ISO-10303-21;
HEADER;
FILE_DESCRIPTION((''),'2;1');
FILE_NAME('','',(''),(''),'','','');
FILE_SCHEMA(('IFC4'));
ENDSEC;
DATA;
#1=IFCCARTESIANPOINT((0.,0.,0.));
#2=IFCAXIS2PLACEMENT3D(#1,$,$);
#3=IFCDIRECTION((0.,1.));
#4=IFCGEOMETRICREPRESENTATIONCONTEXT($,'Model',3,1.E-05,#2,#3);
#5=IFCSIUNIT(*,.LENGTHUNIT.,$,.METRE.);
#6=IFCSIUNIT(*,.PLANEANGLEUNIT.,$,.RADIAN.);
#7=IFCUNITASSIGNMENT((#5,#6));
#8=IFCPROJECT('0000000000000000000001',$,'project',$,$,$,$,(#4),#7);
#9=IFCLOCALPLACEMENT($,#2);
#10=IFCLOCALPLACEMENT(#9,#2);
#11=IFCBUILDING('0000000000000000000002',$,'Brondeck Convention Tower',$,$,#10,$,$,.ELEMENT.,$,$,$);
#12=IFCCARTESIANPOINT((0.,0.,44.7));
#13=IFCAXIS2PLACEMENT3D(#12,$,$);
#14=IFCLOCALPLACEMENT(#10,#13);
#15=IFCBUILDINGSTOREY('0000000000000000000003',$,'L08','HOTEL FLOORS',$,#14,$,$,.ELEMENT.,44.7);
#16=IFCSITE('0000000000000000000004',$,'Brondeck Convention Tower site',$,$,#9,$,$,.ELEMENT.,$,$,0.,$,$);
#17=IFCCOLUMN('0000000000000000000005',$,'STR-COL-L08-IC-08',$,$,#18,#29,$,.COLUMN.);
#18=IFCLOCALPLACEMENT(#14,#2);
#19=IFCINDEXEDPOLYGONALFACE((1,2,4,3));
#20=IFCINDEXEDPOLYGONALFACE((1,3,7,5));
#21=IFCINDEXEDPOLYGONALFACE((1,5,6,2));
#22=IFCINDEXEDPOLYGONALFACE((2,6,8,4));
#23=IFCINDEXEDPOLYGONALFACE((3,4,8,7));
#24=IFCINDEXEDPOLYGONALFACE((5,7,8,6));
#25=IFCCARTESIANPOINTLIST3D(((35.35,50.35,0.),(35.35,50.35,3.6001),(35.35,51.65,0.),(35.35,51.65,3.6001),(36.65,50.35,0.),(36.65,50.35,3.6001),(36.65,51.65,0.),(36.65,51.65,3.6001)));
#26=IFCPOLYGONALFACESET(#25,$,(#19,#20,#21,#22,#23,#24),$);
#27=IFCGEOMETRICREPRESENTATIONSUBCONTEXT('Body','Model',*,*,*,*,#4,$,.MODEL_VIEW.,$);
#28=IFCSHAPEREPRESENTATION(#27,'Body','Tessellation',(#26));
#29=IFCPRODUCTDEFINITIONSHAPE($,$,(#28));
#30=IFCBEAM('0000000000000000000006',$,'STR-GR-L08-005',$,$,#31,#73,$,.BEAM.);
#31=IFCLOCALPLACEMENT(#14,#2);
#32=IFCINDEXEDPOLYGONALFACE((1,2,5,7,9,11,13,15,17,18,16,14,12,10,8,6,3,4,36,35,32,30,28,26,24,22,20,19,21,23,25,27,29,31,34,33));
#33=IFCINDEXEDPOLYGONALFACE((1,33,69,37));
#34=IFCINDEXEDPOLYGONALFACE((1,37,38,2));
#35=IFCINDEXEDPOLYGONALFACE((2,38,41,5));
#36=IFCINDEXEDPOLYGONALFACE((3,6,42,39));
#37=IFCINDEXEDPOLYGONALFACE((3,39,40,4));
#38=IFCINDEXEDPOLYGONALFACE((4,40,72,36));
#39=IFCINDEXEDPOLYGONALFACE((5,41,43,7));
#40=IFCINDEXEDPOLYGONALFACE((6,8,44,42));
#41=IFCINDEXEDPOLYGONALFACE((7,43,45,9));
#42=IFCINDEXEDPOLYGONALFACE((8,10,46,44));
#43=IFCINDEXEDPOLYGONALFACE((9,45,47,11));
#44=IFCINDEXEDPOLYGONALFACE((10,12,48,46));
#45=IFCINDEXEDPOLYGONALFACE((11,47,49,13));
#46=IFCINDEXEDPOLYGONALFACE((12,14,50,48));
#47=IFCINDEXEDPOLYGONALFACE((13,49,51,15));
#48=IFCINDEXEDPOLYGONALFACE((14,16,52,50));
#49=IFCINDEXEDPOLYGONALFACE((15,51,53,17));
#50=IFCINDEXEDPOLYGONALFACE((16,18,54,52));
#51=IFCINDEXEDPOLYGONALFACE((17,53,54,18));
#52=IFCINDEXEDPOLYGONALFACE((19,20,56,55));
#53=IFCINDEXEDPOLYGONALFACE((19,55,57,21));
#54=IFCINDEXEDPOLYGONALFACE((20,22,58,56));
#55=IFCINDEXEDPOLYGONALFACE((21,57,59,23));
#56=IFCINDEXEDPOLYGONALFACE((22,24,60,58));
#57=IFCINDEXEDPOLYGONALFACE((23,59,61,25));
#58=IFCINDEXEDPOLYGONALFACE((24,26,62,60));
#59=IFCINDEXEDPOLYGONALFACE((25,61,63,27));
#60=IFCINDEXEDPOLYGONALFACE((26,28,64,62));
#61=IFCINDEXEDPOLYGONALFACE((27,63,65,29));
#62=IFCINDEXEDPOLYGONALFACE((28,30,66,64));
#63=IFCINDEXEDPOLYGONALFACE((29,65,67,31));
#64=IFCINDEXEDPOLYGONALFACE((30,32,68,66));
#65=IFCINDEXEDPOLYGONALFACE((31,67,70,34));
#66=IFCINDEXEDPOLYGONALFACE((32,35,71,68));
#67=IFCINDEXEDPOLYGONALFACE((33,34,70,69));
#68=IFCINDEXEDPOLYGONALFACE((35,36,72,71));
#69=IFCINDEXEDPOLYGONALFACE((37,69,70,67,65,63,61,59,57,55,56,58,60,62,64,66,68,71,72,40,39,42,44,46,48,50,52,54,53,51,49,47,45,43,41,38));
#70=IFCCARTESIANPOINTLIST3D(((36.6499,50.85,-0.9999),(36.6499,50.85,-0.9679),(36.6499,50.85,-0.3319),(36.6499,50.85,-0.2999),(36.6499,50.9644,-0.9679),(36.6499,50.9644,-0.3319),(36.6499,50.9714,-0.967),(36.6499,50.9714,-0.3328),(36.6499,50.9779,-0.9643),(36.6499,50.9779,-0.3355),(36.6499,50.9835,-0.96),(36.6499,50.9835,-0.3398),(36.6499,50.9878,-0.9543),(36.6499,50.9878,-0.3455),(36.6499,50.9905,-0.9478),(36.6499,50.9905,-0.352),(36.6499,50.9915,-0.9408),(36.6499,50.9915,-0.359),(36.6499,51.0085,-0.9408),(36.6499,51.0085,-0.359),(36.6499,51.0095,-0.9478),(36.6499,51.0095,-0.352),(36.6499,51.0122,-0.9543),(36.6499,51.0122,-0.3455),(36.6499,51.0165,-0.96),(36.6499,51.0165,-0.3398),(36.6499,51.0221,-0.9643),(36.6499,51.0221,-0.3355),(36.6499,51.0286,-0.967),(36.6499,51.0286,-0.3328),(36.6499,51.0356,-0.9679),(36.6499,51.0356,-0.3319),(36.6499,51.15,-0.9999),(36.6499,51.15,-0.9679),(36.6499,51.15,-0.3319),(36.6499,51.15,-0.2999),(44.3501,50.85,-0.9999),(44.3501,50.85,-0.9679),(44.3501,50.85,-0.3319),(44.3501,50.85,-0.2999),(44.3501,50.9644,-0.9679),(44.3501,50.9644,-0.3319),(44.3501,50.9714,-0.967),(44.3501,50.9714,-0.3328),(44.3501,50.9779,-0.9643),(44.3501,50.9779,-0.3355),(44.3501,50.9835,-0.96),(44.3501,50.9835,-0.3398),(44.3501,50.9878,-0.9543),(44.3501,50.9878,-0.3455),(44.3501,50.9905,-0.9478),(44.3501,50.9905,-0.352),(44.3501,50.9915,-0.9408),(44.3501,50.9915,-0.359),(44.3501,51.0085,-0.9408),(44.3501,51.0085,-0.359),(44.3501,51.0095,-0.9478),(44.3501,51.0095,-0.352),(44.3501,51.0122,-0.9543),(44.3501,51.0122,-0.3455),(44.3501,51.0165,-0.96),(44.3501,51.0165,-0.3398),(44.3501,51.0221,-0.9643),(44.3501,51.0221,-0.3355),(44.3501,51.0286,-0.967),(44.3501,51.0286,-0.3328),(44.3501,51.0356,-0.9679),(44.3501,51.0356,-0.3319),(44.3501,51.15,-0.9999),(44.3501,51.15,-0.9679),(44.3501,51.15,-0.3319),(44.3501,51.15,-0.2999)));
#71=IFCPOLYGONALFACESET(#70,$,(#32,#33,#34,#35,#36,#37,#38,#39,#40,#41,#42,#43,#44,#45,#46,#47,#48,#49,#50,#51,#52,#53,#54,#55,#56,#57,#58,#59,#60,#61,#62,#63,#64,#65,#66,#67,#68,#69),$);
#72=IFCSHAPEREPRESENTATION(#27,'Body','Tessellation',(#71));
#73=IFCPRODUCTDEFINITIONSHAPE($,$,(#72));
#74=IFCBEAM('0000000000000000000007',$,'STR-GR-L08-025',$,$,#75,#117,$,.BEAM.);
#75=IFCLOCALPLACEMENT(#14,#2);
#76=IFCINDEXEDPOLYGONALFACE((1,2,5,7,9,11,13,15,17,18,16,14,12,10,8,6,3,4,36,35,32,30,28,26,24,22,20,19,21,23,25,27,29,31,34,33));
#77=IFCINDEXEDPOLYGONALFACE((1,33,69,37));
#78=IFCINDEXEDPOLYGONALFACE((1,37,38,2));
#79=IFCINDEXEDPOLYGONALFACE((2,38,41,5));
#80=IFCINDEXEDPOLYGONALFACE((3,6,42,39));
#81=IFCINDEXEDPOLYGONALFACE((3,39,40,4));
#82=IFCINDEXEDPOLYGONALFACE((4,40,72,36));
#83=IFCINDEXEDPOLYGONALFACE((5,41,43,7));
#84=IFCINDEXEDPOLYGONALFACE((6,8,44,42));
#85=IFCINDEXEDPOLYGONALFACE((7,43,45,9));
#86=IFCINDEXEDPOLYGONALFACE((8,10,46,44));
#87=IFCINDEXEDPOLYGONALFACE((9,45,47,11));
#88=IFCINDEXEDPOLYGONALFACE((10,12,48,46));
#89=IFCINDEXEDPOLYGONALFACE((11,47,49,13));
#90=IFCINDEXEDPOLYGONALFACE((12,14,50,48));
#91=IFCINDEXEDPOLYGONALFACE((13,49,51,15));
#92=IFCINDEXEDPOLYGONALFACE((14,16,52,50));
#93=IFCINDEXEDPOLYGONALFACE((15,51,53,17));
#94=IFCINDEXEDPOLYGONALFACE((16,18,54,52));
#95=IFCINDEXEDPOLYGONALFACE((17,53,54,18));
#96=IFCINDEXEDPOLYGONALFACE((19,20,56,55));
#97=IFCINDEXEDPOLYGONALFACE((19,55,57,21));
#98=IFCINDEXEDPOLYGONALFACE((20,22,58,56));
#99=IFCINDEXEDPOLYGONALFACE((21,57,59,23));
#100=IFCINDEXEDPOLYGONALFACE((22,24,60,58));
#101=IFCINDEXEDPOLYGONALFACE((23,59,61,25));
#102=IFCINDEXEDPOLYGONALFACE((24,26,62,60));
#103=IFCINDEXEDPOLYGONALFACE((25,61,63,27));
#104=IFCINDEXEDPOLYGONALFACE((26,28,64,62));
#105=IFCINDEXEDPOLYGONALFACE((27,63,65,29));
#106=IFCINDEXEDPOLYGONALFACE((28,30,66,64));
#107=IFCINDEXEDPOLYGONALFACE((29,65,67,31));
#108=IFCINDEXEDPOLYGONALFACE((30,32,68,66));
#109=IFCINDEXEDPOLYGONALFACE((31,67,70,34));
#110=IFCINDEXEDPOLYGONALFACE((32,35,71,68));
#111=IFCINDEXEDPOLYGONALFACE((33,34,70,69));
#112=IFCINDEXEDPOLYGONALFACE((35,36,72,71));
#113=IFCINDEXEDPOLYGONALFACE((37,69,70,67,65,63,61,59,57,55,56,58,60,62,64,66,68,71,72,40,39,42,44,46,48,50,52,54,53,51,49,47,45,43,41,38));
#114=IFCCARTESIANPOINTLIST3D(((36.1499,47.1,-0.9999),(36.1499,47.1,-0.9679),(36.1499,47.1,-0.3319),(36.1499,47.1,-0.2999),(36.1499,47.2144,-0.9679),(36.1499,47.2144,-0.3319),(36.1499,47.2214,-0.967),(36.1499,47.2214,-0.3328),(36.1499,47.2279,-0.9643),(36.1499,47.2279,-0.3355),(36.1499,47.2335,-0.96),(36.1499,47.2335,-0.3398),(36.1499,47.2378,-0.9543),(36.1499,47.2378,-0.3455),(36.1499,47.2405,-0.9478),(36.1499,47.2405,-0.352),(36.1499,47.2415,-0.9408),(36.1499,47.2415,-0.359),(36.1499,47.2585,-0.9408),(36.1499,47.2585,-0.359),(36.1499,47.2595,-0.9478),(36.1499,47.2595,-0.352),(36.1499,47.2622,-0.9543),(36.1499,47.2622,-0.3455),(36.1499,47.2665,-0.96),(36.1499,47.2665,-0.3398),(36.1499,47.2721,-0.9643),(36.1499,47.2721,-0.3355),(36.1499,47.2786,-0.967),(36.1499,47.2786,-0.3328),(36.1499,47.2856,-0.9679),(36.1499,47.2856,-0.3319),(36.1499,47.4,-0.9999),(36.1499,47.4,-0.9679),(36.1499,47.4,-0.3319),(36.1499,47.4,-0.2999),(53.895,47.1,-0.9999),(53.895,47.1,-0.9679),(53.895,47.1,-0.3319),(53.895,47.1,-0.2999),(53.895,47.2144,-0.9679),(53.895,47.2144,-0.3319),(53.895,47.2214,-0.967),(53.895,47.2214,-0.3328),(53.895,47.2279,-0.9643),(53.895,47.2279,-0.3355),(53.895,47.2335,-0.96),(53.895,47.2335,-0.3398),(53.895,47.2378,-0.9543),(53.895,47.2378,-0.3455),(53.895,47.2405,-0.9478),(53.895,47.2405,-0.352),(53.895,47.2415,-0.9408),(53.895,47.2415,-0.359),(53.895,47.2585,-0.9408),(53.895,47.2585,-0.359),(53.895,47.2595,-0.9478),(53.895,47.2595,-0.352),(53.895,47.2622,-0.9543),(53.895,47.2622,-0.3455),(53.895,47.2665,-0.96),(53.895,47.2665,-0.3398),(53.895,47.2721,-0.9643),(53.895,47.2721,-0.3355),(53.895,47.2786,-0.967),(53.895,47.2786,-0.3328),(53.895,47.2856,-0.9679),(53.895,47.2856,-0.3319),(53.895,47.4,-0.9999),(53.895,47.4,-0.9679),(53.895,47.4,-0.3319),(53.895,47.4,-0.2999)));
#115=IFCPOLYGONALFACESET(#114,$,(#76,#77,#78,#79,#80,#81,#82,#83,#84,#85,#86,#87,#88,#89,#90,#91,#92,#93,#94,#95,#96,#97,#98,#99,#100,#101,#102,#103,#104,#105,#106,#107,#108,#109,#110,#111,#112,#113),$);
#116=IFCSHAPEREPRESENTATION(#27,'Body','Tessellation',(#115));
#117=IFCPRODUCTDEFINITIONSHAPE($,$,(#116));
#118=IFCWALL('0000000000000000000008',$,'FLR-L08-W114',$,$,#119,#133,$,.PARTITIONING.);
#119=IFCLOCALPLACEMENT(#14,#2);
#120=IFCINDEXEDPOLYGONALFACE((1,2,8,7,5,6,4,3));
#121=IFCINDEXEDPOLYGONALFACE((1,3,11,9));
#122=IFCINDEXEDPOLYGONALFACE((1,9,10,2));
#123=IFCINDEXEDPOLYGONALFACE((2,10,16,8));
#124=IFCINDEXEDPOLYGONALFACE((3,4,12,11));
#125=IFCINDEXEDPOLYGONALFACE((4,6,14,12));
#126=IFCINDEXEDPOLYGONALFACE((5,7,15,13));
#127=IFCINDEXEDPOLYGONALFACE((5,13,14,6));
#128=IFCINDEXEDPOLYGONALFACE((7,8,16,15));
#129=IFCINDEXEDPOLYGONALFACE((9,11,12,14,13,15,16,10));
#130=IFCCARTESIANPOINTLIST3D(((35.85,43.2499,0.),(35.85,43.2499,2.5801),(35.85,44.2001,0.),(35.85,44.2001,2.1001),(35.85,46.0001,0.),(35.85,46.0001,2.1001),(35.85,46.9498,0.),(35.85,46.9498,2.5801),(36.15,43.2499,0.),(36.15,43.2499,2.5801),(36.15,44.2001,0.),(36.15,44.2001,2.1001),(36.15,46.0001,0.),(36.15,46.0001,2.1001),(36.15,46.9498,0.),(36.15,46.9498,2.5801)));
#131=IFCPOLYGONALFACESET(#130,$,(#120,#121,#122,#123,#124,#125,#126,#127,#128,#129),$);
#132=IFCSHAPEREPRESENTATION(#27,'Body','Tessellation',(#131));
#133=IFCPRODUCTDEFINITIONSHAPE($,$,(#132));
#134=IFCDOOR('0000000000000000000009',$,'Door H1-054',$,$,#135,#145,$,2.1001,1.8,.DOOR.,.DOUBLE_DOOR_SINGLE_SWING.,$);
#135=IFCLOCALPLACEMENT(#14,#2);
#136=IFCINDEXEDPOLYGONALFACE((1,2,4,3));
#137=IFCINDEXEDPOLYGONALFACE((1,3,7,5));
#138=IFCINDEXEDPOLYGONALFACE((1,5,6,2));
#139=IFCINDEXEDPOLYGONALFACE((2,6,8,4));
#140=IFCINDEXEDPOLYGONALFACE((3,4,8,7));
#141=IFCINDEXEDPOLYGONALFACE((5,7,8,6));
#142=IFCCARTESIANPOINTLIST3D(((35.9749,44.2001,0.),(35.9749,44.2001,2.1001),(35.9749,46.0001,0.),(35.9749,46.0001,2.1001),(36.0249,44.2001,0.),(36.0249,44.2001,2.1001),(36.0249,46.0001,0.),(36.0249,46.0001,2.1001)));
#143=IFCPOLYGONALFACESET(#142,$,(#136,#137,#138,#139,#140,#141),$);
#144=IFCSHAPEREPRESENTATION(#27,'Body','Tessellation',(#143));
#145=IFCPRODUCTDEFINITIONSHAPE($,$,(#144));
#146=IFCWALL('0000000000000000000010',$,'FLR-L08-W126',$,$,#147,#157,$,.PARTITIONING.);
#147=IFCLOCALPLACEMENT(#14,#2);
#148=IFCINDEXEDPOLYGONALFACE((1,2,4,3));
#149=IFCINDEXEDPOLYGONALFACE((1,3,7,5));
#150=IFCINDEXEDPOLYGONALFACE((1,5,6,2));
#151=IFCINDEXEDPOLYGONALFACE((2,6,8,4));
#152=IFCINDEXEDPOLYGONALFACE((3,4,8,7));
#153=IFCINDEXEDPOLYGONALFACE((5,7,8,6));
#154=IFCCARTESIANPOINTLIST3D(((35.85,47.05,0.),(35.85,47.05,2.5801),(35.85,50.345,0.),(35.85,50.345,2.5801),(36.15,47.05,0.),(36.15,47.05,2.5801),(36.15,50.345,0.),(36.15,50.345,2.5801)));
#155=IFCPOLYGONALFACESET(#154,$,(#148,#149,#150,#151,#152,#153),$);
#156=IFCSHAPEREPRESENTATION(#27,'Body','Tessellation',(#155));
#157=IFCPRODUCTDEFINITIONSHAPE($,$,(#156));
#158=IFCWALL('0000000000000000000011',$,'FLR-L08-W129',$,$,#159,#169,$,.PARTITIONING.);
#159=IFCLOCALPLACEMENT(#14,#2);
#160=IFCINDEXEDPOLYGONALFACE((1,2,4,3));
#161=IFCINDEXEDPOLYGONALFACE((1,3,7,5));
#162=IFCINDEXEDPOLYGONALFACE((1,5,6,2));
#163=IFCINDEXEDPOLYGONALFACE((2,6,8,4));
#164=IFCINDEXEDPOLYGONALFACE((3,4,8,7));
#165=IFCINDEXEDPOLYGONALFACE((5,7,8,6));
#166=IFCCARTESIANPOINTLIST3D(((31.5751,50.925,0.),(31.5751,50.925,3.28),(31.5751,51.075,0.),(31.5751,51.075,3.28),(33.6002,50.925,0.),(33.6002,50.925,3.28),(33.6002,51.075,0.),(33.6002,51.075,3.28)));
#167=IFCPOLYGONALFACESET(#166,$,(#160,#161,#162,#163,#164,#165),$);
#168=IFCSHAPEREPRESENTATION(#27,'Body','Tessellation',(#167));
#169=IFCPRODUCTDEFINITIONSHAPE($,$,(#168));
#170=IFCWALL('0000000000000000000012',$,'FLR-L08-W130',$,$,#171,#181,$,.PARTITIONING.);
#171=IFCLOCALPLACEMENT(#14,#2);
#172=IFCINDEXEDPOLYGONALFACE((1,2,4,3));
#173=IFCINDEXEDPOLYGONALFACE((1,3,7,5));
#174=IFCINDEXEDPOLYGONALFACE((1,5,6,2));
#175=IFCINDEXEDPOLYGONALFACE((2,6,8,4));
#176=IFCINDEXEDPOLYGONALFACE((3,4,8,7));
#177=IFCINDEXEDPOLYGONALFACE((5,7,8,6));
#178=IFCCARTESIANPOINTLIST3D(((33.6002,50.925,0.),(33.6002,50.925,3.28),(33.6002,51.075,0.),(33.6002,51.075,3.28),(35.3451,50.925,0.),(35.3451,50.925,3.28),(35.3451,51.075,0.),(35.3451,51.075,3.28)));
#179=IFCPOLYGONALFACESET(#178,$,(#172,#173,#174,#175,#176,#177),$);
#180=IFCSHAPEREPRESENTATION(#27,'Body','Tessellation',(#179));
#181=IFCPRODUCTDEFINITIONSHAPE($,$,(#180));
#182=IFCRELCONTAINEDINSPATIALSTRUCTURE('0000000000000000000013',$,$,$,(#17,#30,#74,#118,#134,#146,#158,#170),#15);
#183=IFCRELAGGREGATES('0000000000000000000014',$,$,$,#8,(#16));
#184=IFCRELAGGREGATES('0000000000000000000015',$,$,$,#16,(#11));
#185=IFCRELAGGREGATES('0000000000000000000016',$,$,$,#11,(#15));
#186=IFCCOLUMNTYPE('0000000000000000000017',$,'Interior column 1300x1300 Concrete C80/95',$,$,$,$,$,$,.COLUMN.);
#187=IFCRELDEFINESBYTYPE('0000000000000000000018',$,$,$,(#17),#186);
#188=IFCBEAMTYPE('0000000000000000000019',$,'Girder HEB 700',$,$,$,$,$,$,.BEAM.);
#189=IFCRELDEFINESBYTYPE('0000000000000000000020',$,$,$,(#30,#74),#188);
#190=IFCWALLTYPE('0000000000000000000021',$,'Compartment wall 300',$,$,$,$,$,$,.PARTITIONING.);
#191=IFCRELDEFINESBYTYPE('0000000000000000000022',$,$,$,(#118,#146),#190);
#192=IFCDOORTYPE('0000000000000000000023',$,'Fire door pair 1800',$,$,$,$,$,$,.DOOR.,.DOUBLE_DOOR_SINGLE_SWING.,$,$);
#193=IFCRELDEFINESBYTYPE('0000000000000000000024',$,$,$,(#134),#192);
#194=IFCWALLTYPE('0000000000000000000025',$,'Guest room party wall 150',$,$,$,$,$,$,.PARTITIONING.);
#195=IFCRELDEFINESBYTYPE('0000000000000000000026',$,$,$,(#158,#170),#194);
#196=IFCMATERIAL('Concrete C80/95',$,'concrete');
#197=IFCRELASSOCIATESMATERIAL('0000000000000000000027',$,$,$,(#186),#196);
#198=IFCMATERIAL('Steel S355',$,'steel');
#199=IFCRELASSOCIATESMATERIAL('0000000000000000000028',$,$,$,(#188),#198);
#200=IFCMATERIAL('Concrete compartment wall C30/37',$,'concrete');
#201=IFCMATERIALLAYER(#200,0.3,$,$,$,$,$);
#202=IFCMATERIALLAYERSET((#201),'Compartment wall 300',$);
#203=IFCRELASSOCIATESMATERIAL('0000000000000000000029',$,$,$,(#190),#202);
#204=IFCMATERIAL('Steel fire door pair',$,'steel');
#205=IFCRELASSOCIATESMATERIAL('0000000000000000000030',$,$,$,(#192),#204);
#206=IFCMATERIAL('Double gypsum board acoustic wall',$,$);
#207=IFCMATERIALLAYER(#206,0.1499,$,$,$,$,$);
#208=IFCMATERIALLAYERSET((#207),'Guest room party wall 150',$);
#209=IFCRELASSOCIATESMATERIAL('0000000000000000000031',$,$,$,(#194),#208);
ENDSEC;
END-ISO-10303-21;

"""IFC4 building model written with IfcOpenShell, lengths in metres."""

from ifc_helpers import new_model, si_unit, direction, frame, frame_2d, origin, origin_2d, place, context, subcontext, project, spatial, rectangle, i_section, extrude, material, layer, layer_set, material_profile, profile_set, type_object, element, fill, save


model = new_model("IFC4")

# Units and contexts
model_context = context("Model", 3, precision=1e-05, world=origin(), true_north=direction((0.0, 1.0)))
body_context = subcontext(model_context, "Body", "Model", "MODEL_VIEW")
ifc_project = project(units=[si_unit("LENGTHUNIT", "METRE"), si_unit("PLANEANGLEUNIT", "RADIAN")], contexts=[model_context])

# Site, building, storey
site_placement = place(None, origin())
site = spatial("IfcSite", under=ifc_project, at=site_placement, Name="Brondeck Convention Tower site", CompositionType="ELEMENT", RefElevation=0.0)
building_placement = place(site_placement, origin())
building = spatial("IfcBuilding", under=site, at=building_placement, Name="Brondeck Convention Tower", CompositionType="ELEMENT")
storey_placement = place(building_placement, frame((0.0, 0.0, 44.7)))
storey = spatial("IfcBuildingStorey", under=building, at=storey_placement, Name="L08", Description="HOTEL FLOORS", CompositionType="ELEMENT", Elevation=44.7)

# Column
ifc_material_1 = material(Name="Concrete C80/95", Category="concrete")
ifc_material_profile_1 = material_profile(ifc_material_1, rectangle(XDim=1.3, YDim=1.3, at=origin_2d()), Name="Interior column 1300x1300 Concrete C80/95")
ifc_profile_set_1 = profile_set([ifc_material_profile_1], Name="Concrete C80/95")
column_type = type_object("IfcColumnType", Name="Interior column 1300x1300 Concrete C80/95", PredefinedType="COLUMN", material=ifc_profile_set_1)
column_placement = place(storey_placement, frame((36.0, 51.0, 0.0), z_axis=(0.0, 0.0, 1.0), x_axis=(1.0, 0.0, 0.0)))
element("IfcColumn", 1, at=column_placement, inside=storey, type_object=column_type, Name="STR-COL-L08-IC-08", PredefinedType="COLUMN", context=body_context, shape_type="SweptSolid", body=[
    extrude(rectangle(XDim=1.3, YDim=1.3, at=origin_2d()), origin(), (0.0, 0.0, 1.0), 3.6001),
])

# Beams
ifc_material_2 = material(Name="Steel S355", Category="steel")
ifc_material_profile_2 = material_profile(ifc_material_2, i_section(OverallWidth=0.3, OverallDepth=0.7, WebThickness=0.0171, FlangeThickness=0.032, FilletRadius=0.0271, at=origin_2d()), Name="HEB 700")
ifc_profile_set_2 = profile_set([ifc_material_profile_2], Name="Steel S355")
beam_type = type_object("IfcBeamType", Name="Girder HEB 700", PredefinedType="BEAM", material=ifc_profile_set_2)
beam_1_placement = place(storey_placement, frame((36.6499, 51.0, -0.6499), z_axis=(1.0, 0.0, 0.0), x_axis=(0.0, 1.0, 0.0)))
element("IfcBeam", 2, at=beam_1_placement, inside=storey, type_object=beam_type, Name="STR-GR-L08-005", PredefinedType="BEAM", context=body_context, shape_type="SweptSolid", body=[
    extrude(i_section(OverallWidth=0.3, OverallDepth=0.7, WebThickness=0.0171, FlangeThickness=0.032, FilletRadius=0.0271, at=origin_2d()), origin(), (0.0, 0.0, 1.0), 7.7002),
])
beam_2_placement = place(storey_placement, frame((36.1499, 47.25, -0.6499), z_axis=(1.0, 0.0, 0.0), x_axis=(0.0, 1.0, 0.0)))
element("IfcBeam", 3, at=beam_2_placement, inside=storey, type_object=beam_type, Name="STR-GR-L08-025", PredefinedType="BEAM", context=body_context, shape_type="SweptSolid", body=[
    extrude(i_section(OverallWidth=0.3, OverallDepth=0.7, WebThickness=0.0171, FlangeThickness=0.032, FilletRadius=0.0271, at=origin_2d()), origin(), (0.0, 0.0, 1.0), 17.7451),
])

# Wall, opening, door
ifc_material_3 = material(Name="Concrete compartment wall C30/37", Category="concrete")
ifc_layer_1 = layer(ifc_material_3, 0.3)
ifc_layer_set_1 = layer_set([ifc_layer_1], Name="Compartment wall 300")
wall_type_1 = type_object("IfcWallType", Name="Compartment wall 300", PredefinedType="PARTITIONING", material=ifc_layer_set_1)
wall_1_placement = place(storey_placement, frame((36.0, 46.95, 0.0), z_axis=(0.0, 0.0, 1.0), x_axis=(0.0, -1.0, 0.0)))
wall_1 = element("IfcWall", 4, at=wall_1_placement, inside=storey, type_object=wall_type_1, Name="FLR-L08-W114", PredefinedType="PARTITIONING", context=body_context, shape_type="SweptSolid", body=[
    extrude(rectangle(XDim=3.7, YDim=0.3, at=frame_2d((1.8501, 0.0))), origin(), (0.0, 0.0, 1.0), 2.5801),
])
opening_1_placement = place(wall_1_placement, frame((0.95, 0.0, 0.0)))
opening_1 = element("IfcOpeningElement", 5, at=opening_1_placement, cuts=wall_1, PredefinedType="OPENING", context=body_context, shape_type="SweptSolid", body=[
    extrude(rectangle(XDim=1.8, YDim=2.1001, at=frame_2d((0.8999, 1.05))), frame((0.0, 0.1599, 0.0), z_axis=(0.0, -1.0, 0.0), x_axis=(1.0, 0.0, 0.0)), (0.0, 0.0, 1.0), 0.3201),
])
ifc_material_4 = material(Name="Steel fire door pair", Category="steel")
door_type_1 = type_object("IfcDoorType", Name="Fire door pair 1800", OperationType="DOUBLE_DOOR_SINGLE_SWING", PredefinedType="DOOR", material=ifc_material_4)
door_1_placement = place(opening_1_placement, origin())
door_1 = element("IfcDoor", 6, at=door_1_placement, inside=storey, type_object=door_type_1, Name="Door H1-054", OperationType="DOUBLE_DOOR_SINGLE_SWING", OverallHeight=2.1001, OverallWidth=1.8, PredefinedType="DOOR", context=body_context, shape_type="SweptSolid", body=[
    extrude(rectangle(XDim=1.8, YDim=2.1001, at=frame_2d((0.8999, 1.05))), frame((0.0, 0.0249, 0.0), z_axis=(0.0, -1.0, 0.0), x_axis=(1.0, 0.0, 0.0)), (0.0, 0.0, 1.0), 0.05),
])
fill(opening_1, door_1)

# Walls
wall_2_placement = place(storey_placement, frame((36.0, 50.345, 0.0), z_axis=(0.0, 0.0, 1.0), x_axis=(0.0, -1.0, 0.0)))
element("IfcWall", 7, at=wall_2_placement, inside=storey, type_object=wall_type_1, Name="FLR-L08-W126", PredefinedType="PARTITIONING", context=body_context, shape_type="SweptSolid", body=[
    extrude(rectangle(XDim=3.2949, YDim=0.3, at=frame_2d((1.6475, 0.0))), origin(), (0.0, 0.0, 1.0), 2.5801),
])
ifc_material_5 = material(Name="Double gypsum board acoustic wall")
ifc_layer_2 = layer(ifc_material_5, 0.1499)
ifc_layer_set_2 = layer_set([ifc_layer_2], Name="Guest room party wall 150")
wall_type_2 = type_object("IfcWallType", Name="Guest room party wall 150", PredefinedType="PARTITIONING", material=ifc_layer_set_2)
wall_3_placement = place(storey_placement, frame((31.575, 51.0, 0.0), z_axis=(0.0, 0.0, 1.0), x_axis=(1.0, 0.0, 0.0)))
element("IfcWall", 8, at=wall_3_placement, inside=storey, type_object=wall_type_2, Name="FLR-L08-W129", PredefinedType="PARTITIONING", context=body_context, shape_type="SweptSolid", body=[
    extrude(rectangle(XDim=2.0251, YDim=0.1499, at=frame_2d((1.0127, 0.0))), origin(), (0.0, 0.0, 1.0), 3.28),
])
wall_4_placement = place(storey_placement, frame((33.6001, 51.0, 0.0), z_axis=(0.0, 0.0, 1.0), x_axis=(1.0, 0.0, 0.0)))
element("IfcWall", 9, at=wall_4_placement, inside=storey, type_object=wall_type_2, Name="FLR-L08-W130", PredefinedType="PARTITIONING", context=body_context, shape_type="SweptSolid", body=[
    extrude(rectangle(XDim=1.7449, YDim=0.1499, at=frame_2d((0.8726, 0.0))), origin(), (0.0, 0.0, 1.0), 3.28),
])

save(model, "model.ifc")
